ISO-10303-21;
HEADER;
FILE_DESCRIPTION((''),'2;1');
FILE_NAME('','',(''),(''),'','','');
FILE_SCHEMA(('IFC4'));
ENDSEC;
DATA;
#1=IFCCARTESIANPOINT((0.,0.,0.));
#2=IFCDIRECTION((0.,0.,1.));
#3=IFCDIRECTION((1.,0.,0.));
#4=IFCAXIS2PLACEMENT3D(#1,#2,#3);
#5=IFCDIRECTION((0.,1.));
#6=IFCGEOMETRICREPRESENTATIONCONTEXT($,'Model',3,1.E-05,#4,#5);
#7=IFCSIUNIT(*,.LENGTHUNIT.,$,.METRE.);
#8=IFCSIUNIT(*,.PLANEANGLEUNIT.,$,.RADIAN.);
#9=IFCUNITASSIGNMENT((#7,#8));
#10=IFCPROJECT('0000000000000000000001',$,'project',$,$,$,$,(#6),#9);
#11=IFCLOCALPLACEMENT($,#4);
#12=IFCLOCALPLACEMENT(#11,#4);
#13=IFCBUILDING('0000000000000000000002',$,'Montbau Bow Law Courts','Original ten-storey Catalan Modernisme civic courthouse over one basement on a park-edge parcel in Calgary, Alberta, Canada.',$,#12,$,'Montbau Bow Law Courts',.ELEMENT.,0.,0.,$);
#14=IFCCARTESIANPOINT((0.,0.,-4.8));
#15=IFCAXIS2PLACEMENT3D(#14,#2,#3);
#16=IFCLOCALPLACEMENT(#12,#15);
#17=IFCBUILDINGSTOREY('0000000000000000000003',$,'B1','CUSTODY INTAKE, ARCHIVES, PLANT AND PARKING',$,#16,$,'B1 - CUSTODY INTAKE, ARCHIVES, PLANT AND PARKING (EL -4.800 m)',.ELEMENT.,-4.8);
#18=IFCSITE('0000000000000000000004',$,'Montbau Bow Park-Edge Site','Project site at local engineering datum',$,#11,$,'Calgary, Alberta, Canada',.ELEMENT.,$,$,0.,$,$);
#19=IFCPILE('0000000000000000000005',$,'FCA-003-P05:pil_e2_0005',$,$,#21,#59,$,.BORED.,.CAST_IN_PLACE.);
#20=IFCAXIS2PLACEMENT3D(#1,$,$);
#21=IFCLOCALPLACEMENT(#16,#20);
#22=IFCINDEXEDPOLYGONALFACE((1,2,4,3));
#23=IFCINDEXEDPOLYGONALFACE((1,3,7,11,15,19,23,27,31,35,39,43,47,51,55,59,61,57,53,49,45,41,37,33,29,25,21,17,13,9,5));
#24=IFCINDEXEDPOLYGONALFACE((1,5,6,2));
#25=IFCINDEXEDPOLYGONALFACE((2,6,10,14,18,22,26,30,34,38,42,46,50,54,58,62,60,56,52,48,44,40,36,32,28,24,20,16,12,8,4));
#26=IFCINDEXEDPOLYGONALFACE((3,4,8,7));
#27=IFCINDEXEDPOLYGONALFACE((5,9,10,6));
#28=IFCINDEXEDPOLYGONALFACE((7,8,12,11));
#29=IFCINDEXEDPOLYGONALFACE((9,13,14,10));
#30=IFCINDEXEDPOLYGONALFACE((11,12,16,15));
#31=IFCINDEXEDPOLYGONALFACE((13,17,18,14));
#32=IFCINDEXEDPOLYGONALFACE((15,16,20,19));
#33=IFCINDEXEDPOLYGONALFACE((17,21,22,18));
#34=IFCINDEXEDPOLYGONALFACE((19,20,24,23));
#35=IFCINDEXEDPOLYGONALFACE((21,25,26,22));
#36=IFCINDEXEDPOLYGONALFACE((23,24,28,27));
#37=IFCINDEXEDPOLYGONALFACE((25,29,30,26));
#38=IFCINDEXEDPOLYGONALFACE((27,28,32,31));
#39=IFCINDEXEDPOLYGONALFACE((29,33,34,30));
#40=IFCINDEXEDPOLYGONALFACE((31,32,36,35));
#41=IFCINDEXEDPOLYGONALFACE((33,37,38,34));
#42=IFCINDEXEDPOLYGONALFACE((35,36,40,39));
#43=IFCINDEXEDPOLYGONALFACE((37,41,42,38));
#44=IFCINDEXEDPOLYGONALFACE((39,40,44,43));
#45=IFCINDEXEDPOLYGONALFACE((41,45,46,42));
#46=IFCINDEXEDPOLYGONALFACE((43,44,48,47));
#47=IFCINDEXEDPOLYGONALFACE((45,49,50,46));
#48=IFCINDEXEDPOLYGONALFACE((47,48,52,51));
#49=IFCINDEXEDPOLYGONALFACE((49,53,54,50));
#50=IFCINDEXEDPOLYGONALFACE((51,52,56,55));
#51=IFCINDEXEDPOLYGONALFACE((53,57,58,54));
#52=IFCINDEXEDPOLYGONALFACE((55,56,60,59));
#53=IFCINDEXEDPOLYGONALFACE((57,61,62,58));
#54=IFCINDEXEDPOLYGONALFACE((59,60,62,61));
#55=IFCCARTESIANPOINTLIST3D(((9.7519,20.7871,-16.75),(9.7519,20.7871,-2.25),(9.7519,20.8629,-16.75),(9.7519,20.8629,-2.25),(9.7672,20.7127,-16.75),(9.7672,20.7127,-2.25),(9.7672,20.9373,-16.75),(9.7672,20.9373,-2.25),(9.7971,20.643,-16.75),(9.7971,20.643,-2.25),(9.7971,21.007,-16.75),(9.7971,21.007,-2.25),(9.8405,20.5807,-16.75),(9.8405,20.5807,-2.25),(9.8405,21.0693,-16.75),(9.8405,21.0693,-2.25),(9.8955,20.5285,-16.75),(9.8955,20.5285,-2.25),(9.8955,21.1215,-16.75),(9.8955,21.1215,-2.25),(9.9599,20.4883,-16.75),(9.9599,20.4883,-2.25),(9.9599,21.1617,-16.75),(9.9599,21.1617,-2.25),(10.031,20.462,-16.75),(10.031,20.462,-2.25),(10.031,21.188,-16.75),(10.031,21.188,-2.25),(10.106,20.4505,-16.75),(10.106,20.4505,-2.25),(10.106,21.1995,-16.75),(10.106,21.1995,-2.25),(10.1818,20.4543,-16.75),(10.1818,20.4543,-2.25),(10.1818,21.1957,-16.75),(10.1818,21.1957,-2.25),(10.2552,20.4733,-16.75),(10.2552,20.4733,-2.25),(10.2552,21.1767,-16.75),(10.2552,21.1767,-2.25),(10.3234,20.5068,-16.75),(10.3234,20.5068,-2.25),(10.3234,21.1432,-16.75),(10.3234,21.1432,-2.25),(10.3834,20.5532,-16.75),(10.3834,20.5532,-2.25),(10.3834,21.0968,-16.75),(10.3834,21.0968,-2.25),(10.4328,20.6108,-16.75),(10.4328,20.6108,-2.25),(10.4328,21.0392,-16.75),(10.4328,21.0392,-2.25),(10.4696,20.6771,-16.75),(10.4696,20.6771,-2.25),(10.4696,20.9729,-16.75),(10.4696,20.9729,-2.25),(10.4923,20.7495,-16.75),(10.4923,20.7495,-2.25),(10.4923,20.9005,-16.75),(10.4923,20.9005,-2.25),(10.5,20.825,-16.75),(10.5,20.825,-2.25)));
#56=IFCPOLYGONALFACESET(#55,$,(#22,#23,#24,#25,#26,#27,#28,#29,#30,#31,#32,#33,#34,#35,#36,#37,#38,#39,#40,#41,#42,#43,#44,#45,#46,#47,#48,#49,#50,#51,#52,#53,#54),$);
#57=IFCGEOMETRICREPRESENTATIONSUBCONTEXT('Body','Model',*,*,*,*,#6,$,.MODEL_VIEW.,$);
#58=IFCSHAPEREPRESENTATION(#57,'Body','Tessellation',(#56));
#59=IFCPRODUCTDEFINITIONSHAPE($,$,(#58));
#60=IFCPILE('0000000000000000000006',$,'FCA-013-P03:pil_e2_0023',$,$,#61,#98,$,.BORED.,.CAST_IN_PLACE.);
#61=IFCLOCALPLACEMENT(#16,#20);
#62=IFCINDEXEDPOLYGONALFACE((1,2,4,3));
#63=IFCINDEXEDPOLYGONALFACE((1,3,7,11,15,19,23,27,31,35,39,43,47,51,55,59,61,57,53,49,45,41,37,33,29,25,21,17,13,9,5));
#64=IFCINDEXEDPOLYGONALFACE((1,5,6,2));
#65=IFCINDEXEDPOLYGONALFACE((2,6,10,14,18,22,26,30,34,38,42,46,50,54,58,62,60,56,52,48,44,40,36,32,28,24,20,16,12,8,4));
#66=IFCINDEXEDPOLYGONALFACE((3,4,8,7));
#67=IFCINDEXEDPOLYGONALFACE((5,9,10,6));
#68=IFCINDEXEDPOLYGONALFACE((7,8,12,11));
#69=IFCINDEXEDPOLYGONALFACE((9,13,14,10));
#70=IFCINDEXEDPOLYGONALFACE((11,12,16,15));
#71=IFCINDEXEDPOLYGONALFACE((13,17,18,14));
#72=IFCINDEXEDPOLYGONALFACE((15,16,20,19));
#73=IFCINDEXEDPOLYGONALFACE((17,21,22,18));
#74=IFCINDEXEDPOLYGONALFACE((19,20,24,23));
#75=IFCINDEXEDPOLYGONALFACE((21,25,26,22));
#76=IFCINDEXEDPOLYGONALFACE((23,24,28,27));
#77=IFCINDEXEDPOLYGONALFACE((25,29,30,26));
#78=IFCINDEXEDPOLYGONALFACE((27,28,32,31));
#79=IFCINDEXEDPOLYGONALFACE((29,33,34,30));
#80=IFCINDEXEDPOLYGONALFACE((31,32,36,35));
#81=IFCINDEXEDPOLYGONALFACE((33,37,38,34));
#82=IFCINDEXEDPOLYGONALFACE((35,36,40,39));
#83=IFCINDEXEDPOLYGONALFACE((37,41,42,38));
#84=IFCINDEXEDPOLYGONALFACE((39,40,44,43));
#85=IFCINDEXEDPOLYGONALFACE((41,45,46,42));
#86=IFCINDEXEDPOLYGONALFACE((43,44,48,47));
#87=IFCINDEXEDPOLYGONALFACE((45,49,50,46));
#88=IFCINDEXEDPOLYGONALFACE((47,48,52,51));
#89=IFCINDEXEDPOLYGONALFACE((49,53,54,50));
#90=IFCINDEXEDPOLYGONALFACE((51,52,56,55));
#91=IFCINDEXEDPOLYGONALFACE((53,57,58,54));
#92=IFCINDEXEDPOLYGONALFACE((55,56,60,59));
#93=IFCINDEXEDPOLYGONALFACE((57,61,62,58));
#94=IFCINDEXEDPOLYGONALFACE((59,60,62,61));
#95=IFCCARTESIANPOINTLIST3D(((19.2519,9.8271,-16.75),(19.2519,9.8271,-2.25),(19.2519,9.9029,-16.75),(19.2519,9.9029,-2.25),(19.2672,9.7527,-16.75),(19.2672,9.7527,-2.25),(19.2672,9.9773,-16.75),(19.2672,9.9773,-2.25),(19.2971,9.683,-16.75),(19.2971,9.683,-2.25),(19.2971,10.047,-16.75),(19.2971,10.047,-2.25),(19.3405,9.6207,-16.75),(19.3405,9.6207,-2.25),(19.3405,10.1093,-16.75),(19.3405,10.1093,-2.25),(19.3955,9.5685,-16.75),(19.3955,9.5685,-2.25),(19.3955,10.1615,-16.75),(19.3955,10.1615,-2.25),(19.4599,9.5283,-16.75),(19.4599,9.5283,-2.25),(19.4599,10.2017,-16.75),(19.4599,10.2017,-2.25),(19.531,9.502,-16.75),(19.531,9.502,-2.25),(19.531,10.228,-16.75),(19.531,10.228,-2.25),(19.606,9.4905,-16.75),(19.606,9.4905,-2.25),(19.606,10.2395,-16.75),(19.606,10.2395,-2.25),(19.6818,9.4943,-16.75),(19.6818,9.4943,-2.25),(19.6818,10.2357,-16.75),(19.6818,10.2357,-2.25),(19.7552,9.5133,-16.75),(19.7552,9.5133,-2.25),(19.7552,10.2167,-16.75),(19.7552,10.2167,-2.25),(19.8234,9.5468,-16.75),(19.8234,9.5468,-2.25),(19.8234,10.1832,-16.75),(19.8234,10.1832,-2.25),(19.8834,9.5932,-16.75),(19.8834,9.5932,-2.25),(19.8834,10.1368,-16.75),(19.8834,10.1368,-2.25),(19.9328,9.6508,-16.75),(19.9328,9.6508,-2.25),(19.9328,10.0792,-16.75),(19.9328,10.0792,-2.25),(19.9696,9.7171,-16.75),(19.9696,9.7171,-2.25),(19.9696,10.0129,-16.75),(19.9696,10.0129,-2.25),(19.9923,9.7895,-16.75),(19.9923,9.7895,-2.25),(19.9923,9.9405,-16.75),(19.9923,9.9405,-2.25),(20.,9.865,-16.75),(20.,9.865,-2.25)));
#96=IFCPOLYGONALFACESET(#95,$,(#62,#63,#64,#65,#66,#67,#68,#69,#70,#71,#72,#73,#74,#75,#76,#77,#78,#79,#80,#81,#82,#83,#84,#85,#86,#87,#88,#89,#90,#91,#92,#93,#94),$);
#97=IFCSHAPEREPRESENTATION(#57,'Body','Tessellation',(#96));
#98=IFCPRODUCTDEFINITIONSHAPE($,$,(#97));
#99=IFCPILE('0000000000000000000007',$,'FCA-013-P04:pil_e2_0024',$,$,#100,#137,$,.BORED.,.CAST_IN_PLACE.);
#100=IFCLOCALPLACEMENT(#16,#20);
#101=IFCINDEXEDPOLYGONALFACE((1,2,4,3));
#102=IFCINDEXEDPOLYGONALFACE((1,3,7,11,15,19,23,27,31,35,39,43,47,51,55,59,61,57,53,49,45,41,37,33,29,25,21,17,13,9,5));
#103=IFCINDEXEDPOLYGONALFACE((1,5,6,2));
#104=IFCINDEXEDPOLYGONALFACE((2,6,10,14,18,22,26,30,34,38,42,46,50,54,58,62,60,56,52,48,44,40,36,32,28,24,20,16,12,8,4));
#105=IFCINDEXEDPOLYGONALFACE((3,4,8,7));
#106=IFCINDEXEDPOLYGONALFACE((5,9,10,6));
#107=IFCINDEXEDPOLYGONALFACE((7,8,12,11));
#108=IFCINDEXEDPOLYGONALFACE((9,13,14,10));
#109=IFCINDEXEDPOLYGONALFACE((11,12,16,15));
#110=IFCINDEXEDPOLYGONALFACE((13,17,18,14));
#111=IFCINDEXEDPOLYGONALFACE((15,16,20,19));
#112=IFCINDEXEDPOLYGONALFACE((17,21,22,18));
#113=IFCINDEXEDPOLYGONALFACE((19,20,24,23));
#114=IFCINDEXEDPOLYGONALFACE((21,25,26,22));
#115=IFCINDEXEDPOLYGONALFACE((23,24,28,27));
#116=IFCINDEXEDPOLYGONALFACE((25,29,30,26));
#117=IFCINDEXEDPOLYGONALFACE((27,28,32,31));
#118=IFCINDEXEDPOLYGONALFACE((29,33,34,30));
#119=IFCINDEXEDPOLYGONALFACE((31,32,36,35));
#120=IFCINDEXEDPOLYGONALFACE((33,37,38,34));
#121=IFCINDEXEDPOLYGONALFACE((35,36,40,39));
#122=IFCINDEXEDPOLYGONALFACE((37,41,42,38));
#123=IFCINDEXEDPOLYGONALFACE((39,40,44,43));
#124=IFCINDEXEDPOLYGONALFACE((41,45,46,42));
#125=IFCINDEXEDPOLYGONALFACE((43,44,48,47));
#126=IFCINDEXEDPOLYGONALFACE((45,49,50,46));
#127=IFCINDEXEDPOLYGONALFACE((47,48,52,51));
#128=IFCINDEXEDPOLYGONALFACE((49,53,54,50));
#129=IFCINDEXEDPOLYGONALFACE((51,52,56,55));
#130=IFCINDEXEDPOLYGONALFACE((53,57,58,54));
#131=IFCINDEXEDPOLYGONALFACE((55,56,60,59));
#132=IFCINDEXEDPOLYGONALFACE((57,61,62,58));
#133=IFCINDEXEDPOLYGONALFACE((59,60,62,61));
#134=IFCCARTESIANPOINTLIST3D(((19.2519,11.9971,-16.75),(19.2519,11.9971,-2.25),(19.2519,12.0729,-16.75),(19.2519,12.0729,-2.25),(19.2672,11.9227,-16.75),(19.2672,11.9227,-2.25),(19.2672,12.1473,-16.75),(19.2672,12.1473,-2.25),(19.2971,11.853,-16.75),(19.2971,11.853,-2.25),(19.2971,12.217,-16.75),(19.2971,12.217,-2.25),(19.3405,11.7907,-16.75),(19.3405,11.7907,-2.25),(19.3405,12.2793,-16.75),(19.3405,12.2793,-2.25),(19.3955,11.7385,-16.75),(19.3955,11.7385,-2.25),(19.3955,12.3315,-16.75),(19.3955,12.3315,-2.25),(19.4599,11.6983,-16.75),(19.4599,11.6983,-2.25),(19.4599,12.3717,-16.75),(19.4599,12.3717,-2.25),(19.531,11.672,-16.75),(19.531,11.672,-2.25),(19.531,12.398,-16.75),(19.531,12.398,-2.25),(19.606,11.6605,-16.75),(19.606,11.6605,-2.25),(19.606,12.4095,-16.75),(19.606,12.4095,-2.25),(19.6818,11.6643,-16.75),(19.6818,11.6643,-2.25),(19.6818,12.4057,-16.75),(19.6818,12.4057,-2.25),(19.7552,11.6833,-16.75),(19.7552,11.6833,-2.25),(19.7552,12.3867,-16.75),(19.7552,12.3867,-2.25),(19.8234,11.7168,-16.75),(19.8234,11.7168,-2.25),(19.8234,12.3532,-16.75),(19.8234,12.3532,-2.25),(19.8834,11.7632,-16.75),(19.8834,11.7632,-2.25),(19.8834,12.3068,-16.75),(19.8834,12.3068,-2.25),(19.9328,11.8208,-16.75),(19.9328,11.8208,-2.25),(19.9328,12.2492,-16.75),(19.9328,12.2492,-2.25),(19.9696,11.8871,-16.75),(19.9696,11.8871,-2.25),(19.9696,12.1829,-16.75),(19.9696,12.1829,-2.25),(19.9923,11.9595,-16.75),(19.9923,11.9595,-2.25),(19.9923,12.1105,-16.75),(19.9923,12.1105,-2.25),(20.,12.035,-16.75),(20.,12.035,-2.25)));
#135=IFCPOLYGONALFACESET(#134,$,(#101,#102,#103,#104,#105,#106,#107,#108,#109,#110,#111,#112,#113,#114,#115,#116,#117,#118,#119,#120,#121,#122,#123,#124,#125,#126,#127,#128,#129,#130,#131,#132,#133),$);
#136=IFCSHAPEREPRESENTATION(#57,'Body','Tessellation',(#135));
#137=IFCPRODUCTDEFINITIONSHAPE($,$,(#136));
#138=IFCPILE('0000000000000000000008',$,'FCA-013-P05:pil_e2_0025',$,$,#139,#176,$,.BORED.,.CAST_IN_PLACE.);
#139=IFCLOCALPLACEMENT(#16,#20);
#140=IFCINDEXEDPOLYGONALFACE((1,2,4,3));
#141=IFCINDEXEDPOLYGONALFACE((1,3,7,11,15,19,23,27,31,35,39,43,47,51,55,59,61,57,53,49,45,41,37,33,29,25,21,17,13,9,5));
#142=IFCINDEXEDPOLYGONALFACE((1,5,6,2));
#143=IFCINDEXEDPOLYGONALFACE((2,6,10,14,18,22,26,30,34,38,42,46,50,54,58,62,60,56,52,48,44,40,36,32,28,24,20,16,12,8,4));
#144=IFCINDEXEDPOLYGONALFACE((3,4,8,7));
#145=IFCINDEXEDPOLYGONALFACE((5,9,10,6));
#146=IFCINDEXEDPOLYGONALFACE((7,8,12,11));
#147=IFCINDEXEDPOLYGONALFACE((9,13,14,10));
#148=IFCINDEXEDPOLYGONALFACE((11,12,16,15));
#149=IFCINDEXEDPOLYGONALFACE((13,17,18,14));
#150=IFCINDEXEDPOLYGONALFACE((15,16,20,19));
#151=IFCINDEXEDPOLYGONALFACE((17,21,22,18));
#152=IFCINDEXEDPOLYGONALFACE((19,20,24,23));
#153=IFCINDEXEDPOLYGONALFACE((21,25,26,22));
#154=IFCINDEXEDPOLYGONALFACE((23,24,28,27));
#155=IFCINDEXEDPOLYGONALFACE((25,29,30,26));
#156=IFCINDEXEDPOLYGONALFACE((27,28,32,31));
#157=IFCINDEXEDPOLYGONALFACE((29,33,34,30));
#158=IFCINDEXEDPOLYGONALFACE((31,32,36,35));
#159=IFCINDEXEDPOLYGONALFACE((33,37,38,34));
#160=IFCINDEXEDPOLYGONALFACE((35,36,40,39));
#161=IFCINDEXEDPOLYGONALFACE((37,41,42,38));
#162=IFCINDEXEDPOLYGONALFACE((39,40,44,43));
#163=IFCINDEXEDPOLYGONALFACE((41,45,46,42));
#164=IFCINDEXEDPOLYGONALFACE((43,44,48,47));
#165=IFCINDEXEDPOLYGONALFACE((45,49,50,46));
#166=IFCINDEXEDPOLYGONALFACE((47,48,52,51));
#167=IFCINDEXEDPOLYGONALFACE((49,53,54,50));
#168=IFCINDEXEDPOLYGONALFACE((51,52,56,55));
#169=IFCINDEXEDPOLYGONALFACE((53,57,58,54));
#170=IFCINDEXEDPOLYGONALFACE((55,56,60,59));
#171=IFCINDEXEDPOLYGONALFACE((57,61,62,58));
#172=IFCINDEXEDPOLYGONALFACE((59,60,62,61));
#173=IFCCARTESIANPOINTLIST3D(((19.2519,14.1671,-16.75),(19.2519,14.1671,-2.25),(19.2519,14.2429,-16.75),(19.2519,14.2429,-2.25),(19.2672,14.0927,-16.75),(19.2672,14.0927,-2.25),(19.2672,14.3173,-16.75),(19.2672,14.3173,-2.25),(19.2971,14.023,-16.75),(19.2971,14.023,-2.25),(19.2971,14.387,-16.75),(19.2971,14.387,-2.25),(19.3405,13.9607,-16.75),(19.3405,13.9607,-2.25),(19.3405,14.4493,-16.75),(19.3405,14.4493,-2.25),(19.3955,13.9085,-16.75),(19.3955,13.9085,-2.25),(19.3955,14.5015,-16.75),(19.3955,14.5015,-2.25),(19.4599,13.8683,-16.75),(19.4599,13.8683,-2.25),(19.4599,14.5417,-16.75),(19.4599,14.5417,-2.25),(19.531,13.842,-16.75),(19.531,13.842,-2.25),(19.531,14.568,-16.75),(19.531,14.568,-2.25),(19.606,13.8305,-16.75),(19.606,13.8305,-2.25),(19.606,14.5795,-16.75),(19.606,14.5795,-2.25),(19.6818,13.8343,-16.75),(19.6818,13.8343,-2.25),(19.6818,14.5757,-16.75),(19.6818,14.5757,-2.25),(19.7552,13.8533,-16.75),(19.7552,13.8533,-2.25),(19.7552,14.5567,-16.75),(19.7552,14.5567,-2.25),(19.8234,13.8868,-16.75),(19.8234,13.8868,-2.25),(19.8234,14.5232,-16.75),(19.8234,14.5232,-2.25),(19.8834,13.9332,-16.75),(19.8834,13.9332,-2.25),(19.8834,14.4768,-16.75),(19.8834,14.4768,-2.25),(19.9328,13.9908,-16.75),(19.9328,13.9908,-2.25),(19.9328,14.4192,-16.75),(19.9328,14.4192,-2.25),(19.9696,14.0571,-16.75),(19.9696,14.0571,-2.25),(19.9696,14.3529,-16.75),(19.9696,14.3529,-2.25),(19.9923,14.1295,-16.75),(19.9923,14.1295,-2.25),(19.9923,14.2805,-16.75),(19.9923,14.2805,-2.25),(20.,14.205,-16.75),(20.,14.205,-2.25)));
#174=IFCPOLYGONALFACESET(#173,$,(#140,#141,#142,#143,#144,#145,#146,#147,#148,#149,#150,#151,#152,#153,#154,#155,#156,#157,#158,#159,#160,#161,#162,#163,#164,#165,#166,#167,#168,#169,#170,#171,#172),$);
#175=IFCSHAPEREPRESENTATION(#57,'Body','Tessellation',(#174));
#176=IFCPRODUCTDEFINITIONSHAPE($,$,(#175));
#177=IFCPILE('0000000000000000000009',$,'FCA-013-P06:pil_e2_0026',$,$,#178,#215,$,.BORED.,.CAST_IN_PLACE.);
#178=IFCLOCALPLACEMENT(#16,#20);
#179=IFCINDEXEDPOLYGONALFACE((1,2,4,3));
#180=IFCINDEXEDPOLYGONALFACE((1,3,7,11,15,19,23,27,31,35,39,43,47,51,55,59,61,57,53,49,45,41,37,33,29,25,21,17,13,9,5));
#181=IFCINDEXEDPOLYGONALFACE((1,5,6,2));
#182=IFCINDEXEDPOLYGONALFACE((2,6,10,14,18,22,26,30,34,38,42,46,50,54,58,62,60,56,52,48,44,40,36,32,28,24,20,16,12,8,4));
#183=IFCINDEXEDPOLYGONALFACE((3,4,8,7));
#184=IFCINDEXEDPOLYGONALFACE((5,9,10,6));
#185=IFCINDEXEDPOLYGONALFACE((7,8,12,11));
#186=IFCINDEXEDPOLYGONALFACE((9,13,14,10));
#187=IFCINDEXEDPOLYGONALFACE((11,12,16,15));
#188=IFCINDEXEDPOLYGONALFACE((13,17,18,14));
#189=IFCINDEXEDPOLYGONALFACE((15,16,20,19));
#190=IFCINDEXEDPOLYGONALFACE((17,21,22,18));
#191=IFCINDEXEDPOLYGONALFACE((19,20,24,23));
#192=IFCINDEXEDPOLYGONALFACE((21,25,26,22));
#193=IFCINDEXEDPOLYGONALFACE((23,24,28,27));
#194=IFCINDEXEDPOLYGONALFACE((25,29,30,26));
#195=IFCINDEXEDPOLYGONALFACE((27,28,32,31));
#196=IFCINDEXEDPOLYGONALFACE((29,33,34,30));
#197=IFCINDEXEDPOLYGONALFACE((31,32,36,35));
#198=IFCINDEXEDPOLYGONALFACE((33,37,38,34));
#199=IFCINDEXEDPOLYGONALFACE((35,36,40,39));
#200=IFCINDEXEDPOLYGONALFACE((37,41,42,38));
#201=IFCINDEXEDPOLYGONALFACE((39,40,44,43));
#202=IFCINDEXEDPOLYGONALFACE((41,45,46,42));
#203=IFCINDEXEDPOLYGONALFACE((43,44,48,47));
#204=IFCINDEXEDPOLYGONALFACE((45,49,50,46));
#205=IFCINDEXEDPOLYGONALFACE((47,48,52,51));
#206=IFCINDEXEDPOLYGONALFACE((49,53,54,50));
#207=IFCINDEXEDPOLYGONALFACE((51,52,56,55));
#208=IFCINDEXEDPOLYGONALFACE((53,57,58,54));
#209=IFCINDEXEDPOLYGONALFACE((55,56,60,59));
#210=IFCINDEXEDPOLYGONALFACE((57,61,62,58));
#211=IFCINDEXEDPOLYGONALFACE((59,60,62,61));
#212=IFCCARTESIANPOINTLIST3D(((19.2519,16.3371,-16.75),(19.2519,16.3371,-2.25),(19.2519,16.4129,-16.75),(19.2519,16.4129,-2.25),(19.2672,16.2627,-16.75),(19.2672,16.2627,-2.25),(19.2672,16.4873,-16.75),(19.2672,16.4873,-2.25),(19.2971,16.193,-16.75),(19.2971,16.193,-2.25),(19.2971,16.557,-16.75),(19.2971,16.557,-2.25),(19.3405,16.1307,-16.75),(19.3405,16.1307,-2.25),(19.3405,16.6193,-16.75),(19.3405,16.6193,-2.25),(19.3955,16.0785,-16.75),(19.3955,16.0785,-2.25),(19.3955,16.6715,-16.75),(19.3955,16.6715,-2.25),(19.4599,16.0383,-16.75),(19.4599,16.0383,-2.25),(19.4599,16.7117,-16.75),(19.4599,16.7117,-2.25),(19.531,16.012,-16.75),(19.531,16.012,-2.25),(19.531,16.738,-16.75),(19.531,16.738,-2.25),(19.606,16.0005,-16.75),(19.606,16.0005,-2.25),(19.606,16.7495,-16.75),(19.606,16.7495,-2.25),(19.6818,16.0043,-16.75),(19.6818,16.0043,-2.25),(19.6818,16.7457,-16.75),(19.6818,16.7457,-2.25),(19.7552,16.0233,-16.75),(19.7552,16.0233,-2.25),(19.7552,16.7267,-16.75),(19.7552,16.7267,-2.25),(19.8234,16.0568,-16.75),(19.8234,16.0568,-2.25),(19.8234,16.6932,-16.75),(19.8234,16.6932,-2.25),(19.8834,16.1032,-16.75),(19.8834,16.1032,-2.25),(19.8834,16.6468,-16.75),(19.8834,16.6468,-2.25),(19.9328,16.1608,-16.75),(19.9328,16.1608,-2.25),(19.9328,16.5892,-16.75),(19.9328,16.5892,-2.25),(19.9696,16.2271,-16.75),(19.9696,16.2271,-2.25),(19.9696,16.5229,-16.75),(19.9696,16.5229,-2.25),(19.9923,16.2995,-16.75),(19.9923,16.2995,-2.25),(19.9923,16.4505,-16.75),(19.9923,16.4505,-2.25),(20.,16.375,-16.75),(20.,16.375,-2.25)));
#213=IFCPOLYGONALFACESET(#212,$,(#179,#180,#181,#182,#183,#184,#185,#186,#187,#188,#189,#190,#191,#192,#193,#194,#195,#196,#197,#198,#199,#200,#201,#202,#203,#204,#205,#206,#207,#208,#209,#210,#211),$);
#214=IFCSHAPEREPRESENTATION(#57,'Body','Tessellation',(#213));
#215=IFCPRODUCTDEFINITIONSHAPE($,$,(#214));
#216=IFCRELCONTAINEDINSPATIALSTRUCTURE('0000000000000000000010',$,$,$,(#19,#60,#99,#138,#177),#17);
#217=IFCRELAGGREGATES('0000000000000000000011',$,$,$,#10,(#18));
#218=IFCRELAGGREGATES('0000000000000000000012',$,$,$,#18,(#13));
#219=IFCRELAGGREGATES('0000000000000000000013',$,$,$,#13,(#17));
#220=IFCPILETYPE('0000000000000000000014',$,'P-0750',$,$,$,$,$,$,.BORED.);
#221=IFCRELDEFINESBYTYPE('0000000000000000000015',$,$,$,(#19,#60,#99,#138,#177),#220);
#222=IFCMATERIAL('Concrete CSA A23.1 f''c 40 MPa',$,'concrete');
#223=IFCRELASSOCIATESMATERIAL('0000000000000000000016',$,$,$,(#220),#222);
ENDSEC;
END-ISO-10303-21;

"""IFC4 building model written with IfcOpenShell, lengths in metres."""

from ifc_helpers import new_model, si_unit, direction, frame, origin_with_axes, origin_2d_with_axis, place, context, subcontext, project, spatial, circle, extrude, material, material_profile, profile_set, type_object, element, save


model = new_model("IFC4")

# Units and contexts
model_context = context("Model", 3, precision=1e-05, world=origin_with_axes(), true_north=direction((0.0, 1.0)))
body_context = subcontext(model_context, "Body", "Model", "MODEL_VIEW")
ifc_project = project(units=[si_unit("LENGTHUNIT", "METRE"), si_unit("PLANEANGLEUNIT", "RADIAN")], contexts=[model_context])

# Site, building, storey
site_placement = place(None, origin_with_axes())
site = spatial("IfcSite", under=ifc_project, at=site_placement, Name="Montbau Bow Park-Edge Site", Description="Project site at local engineering datum", LongName="Calgary, Alberta, Canada", CompositionType="ELEMENT", RefElevation=0.0)
building_placement = place(site_placement, origin_with_axes())
building = spatial("IfcBuilding", under=site, at=building_placement, Name="Montbau Bow Law Courts", Description="Original ten-storey Catalan Modernisme civic courthouse over one basement on a park-edge parcel in Calgary, Alberta, Canada.", LongName="Montbau Bow Law Courts", CompositionType="ELEMENT", ElevationOfRefHeight=0.0, ElevationOfTerrain=0.0)
storey_placement = place(building_placement, frame((0.0, 0.0, -4.8), z_axis=(0.0, 0.0, 1.0), x_axis=(1.0, 0.0, 0.0)))
storey = spatial("IfcBuildingStorey", under=building, at=storey_placement, Name="B1", Description="CUSTODY INTAKE, ARCHIVES, PLANT AND PARKING", LongName="B1 - CUSTODY INTAKE, ARCHIVES, PLANT AND PARKING (EL -4.800 m)", CompositionType="ELEMENT", Elevation=-4.8)

# Piles
ifc_material_1 = material(Name="Concrete CSA A23.1 f'c 40 MPa", Category="concrete")
ifc_material_profile_1 = material_profile(ifc_material_1, circle(Radius=0.375, at=origin_2d_with_axis()), Name="BP750", Category="Main", Priority=0)
ifc_profile_set_1 = profile_set([ifc_material_profile_1], Name="Concrete CSA A23.1 f'c 40 MPa")
pile_type_1 = type_object("IfcPileType", Name="P-0750", PredefinedType="BORED", material=ifc_profile_set_1)
for number, where, z_axis, x_axis, name in (
    (1, (10.125, 20.825, -21.55), (0.0, 0.0, 1.0), (1.0, 0.0, 0.0), "FCA-003-P05:pil_e2_0005"),
    (2, (19.625, 9.865, -21.55), (0.0, 0.0, 1.0), (1.0, 0.0, 0.0), "FCA-013-P03:pil_e2_0023"),
    (3, (19.625, 12.035, -21.55), (0.0, 0.0, 1.0), (1.0, 0.0, 0.0), "FCA-013-P04:pil_e2_0024"),
    (4, (19.625, 14.205, -21.55), (0.0, 0.0, 1.0), (1.0, 0.0, 0.0), "FCA-013-P05:pil_e2_0025"),
    (5, (19.625, 16.375, -21.55), (0.0, 0.0, 1.0), (1.0, 0.0, 0.0), "FCA-013-P06:pil_e2_0026"),
):
    element("IfcPile", number, at=place(None, frame(where, z_axis=z_axis, x_axis=x_axis)), inside=storey, type_object=pile_type_1, Name=name, ConstructionType="CAST_IN_PLACE", PredefinedType="BORED", context=body_context, shape_type="SweptSolid", body=[
        extrude(circle(Radius=0.375, at=origin_2d_with_axis()), origin_with_axes(), (0.0, 0.0, 1.0), 14.5),
    ])

save(model, "model.ifc")
